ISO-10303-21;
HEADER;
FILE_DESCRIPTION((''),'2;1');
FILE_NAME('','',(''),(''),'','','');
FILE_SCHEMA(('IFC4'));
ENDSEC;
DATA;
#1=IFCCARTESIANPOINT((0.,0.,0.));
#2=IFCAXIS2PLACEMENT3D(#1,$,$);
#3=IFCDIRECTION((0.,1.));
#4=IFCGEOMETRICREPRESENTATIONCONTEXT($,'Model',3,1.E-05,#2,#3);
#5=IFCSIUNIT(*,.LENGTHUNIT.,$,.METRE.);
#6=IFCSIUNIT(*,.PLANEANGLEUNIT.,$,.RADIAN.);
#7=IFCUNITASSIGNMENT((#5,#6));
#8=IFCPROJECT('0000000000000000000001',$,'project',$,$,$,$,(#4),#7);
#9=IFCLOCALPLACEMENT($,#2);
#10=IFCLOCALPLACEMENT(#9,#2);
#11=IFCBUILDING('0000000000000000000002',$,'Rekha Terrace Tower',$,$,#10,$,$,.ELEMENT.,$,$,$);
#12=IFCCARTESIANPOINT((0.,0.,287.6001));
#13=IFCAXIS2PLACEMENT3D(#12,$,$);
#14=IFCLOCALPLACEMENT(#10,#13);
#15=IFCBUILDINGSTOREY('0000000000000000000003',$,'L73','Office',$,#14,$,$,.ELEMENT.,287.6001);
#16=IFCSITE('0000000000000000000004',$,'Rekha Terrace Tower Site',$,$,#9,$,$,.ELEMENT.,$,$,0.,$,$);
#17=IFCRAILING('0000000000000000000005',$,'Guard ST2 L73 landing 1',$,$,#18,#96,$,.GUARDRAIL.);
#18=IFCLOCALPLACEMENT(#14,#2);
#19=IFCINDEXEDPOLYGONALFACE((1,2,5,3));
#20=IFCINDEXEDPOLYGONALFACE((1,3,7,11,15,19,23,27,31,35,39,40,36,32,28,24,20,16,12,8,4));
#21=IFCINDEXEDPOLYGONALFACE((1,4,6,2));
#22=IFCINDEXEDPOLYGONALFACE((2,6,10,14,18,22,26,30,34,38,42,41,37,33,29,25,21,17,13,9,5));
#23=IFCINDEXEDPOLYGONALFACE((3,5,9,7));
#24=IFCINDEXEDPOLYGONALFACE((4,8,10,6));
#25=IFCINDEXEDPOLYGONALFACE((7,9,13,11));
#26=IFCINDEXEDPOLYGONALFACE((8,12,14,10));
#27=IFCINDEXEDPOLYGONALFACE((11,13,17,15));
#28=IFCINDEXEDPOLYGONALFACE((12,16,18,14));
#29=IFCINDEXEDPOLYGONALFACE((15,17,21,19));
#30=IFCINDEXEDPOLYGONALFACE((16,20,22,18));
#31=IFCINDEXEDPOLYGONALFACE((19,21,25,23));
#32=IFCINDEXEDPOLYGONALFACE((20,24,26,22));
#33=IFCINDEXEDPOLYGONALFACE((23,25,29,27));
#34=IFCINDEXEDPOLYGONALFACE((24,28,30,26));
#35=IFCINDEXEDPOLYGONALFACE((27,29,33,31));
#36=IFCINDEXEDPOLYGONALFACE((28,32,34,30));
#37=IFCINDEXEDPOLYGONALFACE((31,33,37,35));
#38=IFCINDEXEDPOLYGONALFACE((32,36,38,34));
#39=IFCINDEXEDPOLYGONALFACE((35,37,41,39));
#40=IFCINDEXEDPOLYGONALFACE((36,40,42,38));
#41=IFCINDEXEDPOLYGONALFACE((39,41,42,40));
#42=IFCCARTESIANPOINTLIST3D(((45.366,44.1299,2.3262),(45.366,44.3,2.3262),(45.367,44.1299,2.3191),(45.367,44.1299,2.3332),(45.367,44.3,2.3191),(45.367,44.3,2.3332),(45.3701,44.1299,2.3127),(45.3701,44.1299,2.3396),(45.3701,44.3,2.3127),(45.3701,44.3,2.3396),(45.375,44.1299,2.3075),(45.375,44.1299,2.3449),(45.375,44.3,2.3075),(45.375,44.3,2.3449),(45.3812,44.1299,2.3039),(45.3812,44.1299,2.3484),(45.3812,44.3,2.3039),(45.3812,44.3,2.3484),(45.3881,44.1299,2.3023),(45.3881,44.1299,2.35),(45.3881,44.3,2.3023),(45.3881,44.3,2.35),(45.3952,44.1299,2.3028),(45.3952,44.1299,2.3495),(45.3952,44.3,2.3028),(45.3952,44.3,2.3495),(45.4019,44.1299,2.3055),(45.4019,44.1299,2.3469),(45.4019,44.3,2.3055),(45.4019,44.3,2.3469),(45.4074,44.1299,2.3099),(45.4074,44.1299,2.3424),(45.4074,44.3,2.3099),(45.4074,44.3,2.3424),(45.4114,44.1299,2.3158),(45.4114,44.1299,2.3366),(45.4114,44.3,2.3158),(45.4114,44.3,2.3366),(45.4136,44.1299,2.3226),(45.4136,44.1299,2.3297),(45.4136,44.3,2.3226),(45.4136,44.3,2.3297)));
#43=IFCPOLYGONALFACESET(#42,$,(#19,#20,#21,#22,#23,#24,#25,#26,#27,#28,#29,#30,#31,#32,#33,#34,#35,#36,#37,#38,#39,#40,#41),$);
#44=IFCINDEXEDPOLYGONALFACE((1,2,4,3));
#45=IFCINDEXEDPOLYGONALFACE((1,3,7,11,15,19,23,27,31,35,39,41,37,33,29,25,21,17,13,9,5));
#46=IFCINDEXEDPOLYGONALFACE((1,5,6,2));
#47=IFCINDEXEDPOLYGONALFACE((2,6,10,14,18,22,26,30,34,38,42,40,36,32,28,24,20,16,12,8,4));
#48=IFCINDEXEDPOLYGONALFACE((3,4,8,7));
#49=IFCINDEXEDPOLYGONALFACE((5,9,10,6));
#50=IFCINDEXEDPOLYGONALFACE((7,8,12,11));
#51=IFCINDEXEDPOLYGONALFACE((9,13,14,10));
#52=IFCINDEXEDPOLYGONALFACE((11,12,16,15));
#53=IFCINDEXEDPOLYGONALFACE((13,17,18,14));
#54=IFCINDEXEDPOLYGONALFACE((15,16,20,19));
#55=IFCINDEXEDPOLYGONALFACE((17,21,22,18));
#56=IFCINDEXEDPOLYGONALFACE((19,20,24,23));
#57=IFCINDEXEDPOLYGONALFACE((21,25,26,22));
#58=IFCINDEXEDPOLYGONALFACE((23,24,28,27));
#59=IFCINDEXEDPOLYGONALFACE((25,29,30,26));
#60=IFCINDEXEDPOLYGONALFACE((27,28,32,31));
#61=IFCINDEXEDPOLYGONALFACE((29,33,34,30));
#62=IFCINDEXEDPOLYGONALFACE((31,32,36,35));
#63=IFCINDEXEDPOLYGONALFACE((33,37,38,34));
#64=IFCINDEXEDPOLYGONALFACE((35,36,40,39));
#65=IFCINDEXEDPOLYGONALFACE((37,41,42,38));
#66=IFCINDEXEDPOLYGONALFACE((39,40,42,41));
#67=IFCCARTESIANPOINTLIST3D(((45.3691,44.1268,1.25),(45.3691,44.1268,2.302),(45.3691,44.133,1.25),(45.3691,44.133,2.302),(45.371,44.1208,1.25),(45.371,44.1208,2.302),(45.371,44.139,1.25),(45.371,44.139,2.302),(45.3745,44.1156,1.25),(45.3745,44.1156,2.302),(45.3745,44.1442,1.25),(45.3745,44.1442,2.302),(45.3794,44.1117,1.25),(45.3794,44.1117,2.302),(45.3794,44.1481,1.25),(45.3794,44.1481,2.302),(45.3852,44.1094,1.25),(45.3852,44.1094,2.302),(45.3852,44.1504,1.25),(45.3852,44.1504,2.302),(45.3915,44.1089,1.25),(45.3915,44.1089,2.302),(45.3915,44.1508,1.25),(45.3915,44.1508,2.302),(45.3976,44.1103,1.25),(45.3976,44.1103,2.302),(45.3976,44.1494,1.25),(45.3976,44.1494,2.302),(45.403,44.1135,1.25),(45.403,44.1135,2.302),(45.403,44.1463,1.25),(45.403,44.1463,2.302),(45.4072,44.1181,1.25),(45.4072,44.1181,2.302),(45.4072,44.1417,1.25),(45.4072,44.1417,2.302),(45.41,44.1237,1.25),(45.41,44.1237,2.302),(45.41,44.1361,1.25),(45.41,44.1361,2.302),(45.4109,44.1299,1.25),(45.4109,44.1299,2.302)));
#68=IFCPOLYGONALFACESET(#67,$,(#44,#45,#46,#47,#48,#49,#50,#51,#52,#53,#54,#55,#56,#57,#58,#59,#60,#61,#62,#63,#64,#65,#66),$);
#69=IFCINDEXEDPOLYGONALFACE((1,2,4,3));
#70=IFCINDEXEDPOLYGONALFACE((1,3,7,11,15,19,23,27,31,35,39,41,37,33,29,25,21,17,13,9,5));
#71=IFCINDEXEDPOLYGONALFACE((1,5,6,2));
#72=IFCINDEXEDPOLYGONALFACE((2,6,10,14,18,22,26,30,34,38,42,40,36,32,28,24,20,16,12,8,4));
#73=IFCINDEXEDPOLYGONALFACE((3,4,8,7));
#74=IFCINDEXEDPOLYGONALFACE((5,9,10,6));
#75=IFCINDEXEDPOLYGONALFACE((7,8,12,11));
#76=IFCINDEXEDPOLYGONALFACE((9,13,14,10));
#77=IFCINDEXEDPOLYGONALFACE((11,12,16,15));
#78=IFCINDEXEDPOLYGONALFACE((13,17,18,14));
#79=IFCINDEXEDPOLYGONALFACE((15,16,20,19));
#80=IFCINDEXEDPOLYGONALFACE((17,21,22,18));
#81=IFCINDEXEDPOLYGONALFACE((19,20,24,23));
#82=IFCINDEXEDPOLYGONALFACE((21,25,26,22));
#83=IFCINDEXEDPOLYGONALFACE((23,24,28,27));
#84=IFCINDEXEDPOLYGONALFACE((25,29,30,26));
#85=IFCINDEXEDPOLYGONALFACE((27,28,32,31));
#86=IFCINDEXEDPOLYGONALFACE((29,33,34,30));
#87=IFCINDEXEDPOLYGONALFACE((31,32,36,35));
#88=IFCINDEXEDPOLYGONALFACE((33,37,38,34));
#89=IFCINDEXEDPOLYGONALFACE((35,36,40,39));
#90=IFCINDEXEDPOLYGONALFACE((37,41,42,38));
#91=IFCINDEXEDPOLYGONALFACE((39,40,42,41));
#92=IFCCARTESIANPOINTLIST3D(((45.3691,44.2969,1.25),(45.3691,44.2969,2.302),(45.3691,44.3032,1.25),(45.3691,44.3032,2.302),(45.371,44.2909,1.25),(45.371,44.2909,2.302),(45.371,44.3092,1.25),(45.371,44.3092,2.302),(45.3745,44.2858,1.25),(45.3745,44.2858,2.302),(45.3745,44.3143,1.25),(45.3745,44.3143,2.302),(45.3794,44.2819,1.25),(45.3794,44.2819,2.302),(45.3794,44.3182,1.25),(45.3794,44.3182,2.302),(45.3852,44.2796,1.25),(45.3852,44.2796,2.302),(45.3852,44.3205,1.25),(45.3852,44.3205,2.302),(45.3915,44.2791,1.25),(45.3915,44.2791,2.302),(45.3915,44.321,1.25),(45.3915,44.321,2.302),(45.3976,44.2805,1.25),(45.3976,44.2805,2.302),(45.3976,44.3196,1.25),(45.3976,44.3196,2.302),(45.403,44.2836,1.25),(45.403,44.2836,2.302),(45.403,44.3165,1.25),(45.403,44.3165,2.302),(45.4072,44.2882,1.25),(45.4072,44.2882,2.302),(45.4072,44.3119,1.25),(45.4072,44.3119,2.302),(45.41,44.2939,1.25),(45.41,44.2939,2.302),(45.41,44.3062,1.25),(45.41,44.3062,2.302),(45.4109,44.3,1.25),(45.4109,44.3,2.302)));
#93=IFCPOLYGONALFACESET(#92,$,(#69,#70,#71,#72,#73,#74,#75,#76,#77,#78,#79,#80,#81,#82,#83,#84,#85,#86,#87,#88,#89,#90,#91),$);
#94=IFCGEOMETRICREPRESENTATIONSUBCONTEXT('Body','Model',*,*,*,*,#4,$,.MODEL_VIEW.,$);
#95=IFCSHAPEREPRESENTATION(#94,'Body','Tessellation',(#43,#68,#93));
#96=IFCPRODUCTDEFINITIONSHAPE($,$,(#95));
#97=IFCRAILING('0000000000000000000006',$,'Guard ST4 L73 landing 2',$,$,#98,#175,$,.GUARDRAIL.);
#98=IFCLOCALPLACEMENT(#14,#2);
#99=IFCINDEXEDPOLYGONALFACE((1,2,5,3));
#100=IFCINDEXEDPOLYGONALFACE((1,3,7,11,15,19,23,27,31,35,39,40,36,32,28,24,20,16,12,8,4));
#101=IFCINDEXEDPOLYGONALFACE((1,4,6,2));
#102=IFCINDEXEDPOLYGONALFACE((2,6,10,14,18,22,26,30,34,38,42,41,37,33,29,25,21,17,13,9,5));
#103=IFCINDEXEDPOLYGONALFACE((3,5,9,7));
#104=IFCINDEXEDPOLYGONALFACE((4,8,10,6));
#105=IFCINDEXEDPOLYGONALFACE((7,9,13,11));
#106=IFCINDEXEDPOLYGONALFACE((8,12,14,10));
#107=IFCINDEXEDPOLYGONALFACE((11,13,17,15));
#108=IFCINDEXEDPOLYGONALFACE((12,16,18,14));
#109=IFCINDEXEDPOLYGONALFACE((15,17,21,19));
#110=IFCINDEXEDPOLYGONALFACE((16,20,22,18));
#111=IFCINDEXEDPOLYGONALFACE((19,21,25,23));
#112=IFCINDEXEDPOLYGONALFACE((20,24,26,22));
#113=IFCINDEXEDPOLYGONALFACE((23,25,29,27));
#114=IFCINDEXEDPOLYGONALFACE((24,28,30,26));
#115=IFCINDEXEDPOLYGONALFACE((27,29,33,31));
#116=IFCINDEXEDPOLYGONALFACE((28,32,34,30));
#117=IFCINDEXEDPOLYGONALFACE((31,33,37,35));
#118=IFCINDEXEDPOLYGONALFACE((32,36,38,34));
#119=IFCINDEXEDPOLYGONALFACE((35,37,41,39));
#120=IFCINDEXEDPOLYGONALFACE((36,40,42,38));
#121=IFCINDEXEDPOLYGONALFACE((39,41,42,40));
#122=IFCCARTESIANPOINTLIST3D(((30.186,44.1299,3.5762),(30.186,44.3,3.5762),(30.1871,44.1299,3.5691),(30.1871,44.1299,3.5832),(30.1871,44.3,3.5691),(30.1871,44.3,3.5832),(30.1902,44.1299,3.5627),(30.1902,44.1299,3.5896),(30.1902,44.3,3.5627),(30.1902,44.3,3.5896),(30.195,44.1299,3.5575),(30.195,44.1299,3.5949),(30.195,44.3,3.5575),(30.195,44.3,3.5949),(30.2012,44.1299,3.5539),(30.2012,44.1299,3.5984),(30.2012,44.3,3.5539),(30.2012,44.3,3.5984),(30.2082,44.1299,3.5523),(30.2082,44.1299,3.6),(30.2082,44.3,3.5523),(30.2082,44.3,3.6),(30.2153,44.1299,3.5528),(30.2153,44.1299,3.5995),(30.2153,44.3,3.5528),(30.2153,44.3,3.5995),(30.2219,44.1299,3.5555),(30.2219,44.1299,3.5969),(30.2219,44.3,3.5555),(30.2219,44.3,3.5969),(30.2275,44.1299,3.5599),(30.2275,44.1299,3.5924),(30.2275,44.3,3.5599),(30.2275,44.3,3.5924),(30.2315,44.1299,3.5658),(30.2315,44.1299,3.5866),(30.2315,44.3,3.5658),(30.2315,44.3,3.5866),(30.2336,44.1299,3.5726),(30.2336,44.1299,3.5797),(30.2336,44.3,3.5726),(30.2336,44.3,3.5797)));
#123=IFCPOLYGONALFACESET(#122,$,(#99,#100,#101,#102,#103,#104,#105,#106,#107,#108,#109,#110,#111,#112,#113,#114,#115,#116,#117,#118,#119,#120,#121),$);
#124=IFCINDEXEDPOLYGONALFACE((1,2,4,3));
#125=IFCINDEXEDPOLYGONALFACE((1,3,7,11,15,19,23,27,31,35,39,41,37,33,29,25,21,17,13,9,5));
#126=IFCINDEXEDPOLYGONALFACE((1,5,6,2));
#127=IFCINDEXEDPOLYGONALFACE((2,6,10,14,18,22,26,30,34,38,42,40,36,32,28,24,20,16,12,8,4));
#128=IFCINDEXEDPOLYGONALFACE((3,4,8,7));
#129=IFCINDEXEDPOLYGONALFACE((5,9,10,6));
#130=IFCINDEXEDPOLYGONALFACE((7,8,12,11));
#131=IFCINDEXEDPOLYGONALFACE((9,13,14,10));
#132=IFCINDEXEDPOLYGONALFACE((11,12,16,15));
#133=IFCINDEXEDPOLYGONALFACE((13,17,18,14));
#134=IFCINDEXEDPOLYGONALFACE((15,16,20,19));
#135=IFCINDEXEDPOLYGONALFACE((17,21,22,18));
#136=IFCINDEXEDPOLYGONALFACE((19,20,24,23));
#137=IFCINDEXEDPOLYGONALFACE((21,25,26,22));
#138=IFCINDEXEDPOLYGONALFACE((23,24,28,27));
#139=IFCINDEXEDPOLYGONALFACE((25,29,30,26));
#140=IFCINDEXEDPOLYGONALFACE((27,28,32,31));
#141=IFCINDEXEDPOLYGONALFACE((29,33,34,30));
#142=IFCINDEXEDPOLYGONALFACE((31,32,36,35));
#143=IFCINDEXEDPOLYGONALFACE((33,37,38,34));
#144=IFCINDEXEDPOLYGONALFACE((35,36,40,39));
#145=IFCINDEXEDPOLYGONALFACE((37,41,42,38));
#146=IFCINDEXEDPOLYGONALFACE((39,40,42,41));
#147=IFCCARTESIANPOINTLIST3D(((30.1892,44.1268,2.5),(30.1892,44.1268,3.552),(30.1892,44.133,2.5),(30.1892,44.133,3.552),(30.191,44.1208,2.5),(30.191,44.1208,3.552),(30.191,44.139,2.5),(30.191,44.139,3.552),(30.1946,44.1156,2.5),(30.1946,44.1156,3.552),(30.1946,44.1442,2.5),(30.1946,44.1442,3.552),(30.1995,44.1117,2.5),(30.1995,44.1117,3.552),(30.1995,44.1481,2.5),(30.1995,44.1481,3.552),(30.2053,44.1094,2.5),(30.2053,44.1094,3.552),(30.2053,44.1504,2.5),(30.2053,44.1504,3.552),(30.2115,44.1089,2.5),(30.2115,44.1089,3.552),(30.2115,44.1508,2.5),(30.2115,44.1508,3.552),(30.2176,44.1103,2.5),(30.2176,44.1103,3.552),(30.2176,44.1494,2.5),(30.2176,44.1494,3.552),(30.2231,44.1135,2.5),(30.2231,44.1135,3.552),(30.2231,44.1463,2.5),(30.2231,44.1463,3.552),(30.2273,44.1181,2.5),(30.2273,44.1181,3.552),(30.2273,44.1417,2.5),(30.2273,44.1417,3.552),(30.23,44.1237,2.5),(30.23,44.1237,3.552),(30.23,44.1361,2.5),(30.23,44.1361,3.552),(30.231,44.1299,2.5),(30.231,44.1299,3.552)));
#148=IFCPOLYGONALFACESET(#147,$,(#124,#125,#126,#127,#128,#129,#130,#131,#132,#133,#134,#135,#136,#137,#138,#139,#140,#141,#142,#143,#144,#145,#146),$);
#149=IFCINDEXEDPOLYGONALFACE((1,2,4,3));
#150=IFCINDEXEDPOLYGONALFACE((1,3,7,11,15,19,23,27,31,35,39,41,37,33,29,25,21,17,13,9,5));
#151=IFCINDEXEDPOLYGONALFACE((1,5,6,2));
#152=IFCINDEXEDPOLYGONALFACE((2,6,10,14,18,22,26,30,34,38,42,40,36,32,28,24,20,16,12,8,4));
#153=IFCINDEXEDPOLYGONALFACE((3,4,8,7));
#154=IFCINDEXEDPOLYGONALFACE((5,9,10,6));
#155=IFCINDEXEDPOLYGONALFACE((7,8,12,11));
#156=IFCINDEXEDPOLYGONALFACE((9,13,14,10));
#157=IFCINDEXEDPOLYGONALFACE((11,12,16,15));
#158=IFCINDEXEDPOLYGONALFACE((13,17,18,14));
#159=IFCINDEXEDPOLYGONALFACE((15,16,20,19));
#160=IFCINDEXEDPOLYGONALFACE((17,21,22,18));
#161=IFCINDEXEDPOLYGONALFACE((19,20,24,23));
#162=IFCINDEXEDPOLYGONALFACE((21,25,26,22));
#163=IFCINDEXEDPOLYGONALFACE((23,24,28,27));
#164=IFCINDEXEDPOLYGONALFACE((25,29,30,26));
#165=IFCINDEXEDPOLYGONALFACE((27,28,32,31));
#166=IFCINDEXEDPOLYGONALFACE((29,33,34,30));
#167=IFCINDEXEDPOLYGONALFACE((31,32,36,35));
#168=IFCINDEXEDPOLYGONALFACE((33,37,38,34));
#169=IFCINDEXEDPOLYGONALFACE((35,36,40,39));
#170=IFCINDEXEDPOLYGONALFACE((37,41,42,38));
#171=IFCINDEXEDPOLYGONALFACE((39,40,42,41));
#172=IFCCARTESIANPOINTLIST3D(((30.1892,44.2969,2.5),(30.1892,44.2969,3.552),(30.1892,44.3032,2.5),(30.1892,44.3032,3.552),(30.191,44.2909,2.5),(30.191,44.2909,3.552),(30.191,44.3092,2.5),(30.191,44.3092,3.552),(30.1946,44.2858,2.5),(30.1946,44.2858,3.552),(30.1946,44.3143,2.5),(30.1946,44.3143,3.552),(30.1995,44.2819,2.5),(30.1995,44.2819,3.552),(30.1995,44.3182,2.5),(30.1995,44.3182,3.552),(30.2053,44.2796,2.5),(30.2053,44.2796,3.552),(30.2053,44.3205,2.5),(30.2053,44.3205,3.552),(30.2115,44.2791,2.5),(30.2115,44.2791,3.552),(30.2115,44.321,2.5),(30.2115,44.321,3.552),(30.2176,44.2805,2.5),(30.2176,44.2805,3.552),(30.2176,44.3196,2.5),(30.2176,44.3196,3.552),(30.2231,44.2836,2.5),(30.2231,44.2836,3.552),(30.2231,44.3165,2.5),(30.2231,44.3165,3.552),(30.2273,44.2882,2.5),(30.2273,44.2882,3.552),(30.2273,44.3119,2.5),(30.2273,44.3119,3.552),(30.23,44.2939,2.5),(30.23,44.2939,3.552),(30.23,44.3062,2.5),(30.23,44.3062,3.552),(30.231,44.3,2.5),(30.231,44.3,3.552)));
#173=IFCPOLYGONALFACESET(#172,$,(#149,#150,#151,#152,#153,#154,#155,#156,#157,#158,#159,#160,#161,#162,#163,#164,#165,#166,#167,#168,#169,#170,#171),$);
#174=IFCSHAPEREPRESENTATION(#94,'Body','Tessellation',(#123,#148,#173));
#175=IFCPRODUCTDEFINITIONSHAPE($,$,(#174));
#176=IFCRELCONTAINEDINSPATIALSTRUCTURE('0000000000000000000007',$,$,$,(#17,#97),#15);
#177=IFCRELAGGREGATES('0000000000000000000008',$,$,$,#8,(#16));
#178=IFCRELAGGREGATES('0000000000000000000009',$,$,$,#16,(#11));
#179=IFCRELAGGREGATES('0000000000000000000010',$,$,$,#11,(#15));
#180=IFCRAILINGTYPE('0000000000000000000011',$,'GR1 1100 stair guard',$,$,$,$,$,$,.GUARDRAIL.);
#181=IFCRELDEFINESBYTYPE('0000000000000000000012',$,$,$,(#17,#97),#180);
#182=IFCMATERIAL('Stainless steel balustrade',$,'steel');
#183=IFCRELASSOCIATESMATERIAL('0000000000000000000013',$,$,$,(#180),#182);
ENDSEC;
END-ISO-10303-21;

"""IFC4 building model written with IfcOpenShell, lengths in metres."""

from ifc_helpers import new_model, si_unit, direction, frame, origin, origin_2d, place, context, subcontext, project, spatial, circle, extrude, material, type_object, element, save


model = new_model("IFC4")

# Units and contexts
model_context = context("Model", 3, precision=1e-05, world=origin(), true_north=direction((0.0, 1.0)))
body_context = subcontext(model_context, "Body", "Model", "MODEL_VIEW")
ifc_project = project(units=[si_unit("LENGTHUNIT", "METRE"), si_unit("PLANEANGLEUNIT", "RADIAN")], contexts=[model_context])

# Site, building, storey
site_placement = place(None, origin())
site = spatial("IfcSite", under=ifc_project, at=site_placement, Name="Rekha Terrace Tower Site", CompositionType="ELEMENT", RefElevation=0.0)
building_placement = place(site_placement, origin())
building = spatial("IfcBuilding", under=site, at=building_placement, Name="Rekha Terrace Tower", CompositionType="ELEMENT")
storey_placement = place(building_placement, frame((0.0, 0.0, 287.6001)))
storey = spatial("IfcBuildingStorey", under=building, at=storey_placement, Name="L73", Description="Office", CompositionType="ELEMENT", Elevation=287.6001)

# Railings
ifc_material_1 = material(Name="Stainless steel balustrade", Category="steel")
railing_type = type_object("IfcRailingType", Name="GR1 1100 stair guard", PredefinedType="GUARDRAIL", material=ifc_material_1)
for number, where, name in (
    (1, (45.3899, 44.1299, 1.25), "Guard ST2 L73 landing 1"),
    (2, (30.21, 44.1299, 2.5), "Guard ST4 L73 landing 2"),
):
    element("IfcRailing", number, at=place(storey_placement, frame(where)), inside=storey, type_object=railing_type, Name=name, PredefinedType="GUARDRAIL", context=body_context, shape_type="SweptSolid", body=[
        extrude(circle(Radius=0.0239, at=origin_2d()), frame((0.0, 0.0, 1.0762), z_axis=(0.0, 1.0, 0.0), x_axis=(-1.0, 0.0, 0.0)), (0.0, 0.0, 1.0), 0.1702),
        extrude(circle(Radius=0.021, at=origin_2d()), origin(), (0.0, 0.0, 1.0), 1.052),
        extrude(circle(Radius=0.021, at=origin_2d()), frame((0.0, 0.1702, 0.0)), (0.0, 0.0, 1.0), 1.052),
    ])

save(model, "model.ifc")
